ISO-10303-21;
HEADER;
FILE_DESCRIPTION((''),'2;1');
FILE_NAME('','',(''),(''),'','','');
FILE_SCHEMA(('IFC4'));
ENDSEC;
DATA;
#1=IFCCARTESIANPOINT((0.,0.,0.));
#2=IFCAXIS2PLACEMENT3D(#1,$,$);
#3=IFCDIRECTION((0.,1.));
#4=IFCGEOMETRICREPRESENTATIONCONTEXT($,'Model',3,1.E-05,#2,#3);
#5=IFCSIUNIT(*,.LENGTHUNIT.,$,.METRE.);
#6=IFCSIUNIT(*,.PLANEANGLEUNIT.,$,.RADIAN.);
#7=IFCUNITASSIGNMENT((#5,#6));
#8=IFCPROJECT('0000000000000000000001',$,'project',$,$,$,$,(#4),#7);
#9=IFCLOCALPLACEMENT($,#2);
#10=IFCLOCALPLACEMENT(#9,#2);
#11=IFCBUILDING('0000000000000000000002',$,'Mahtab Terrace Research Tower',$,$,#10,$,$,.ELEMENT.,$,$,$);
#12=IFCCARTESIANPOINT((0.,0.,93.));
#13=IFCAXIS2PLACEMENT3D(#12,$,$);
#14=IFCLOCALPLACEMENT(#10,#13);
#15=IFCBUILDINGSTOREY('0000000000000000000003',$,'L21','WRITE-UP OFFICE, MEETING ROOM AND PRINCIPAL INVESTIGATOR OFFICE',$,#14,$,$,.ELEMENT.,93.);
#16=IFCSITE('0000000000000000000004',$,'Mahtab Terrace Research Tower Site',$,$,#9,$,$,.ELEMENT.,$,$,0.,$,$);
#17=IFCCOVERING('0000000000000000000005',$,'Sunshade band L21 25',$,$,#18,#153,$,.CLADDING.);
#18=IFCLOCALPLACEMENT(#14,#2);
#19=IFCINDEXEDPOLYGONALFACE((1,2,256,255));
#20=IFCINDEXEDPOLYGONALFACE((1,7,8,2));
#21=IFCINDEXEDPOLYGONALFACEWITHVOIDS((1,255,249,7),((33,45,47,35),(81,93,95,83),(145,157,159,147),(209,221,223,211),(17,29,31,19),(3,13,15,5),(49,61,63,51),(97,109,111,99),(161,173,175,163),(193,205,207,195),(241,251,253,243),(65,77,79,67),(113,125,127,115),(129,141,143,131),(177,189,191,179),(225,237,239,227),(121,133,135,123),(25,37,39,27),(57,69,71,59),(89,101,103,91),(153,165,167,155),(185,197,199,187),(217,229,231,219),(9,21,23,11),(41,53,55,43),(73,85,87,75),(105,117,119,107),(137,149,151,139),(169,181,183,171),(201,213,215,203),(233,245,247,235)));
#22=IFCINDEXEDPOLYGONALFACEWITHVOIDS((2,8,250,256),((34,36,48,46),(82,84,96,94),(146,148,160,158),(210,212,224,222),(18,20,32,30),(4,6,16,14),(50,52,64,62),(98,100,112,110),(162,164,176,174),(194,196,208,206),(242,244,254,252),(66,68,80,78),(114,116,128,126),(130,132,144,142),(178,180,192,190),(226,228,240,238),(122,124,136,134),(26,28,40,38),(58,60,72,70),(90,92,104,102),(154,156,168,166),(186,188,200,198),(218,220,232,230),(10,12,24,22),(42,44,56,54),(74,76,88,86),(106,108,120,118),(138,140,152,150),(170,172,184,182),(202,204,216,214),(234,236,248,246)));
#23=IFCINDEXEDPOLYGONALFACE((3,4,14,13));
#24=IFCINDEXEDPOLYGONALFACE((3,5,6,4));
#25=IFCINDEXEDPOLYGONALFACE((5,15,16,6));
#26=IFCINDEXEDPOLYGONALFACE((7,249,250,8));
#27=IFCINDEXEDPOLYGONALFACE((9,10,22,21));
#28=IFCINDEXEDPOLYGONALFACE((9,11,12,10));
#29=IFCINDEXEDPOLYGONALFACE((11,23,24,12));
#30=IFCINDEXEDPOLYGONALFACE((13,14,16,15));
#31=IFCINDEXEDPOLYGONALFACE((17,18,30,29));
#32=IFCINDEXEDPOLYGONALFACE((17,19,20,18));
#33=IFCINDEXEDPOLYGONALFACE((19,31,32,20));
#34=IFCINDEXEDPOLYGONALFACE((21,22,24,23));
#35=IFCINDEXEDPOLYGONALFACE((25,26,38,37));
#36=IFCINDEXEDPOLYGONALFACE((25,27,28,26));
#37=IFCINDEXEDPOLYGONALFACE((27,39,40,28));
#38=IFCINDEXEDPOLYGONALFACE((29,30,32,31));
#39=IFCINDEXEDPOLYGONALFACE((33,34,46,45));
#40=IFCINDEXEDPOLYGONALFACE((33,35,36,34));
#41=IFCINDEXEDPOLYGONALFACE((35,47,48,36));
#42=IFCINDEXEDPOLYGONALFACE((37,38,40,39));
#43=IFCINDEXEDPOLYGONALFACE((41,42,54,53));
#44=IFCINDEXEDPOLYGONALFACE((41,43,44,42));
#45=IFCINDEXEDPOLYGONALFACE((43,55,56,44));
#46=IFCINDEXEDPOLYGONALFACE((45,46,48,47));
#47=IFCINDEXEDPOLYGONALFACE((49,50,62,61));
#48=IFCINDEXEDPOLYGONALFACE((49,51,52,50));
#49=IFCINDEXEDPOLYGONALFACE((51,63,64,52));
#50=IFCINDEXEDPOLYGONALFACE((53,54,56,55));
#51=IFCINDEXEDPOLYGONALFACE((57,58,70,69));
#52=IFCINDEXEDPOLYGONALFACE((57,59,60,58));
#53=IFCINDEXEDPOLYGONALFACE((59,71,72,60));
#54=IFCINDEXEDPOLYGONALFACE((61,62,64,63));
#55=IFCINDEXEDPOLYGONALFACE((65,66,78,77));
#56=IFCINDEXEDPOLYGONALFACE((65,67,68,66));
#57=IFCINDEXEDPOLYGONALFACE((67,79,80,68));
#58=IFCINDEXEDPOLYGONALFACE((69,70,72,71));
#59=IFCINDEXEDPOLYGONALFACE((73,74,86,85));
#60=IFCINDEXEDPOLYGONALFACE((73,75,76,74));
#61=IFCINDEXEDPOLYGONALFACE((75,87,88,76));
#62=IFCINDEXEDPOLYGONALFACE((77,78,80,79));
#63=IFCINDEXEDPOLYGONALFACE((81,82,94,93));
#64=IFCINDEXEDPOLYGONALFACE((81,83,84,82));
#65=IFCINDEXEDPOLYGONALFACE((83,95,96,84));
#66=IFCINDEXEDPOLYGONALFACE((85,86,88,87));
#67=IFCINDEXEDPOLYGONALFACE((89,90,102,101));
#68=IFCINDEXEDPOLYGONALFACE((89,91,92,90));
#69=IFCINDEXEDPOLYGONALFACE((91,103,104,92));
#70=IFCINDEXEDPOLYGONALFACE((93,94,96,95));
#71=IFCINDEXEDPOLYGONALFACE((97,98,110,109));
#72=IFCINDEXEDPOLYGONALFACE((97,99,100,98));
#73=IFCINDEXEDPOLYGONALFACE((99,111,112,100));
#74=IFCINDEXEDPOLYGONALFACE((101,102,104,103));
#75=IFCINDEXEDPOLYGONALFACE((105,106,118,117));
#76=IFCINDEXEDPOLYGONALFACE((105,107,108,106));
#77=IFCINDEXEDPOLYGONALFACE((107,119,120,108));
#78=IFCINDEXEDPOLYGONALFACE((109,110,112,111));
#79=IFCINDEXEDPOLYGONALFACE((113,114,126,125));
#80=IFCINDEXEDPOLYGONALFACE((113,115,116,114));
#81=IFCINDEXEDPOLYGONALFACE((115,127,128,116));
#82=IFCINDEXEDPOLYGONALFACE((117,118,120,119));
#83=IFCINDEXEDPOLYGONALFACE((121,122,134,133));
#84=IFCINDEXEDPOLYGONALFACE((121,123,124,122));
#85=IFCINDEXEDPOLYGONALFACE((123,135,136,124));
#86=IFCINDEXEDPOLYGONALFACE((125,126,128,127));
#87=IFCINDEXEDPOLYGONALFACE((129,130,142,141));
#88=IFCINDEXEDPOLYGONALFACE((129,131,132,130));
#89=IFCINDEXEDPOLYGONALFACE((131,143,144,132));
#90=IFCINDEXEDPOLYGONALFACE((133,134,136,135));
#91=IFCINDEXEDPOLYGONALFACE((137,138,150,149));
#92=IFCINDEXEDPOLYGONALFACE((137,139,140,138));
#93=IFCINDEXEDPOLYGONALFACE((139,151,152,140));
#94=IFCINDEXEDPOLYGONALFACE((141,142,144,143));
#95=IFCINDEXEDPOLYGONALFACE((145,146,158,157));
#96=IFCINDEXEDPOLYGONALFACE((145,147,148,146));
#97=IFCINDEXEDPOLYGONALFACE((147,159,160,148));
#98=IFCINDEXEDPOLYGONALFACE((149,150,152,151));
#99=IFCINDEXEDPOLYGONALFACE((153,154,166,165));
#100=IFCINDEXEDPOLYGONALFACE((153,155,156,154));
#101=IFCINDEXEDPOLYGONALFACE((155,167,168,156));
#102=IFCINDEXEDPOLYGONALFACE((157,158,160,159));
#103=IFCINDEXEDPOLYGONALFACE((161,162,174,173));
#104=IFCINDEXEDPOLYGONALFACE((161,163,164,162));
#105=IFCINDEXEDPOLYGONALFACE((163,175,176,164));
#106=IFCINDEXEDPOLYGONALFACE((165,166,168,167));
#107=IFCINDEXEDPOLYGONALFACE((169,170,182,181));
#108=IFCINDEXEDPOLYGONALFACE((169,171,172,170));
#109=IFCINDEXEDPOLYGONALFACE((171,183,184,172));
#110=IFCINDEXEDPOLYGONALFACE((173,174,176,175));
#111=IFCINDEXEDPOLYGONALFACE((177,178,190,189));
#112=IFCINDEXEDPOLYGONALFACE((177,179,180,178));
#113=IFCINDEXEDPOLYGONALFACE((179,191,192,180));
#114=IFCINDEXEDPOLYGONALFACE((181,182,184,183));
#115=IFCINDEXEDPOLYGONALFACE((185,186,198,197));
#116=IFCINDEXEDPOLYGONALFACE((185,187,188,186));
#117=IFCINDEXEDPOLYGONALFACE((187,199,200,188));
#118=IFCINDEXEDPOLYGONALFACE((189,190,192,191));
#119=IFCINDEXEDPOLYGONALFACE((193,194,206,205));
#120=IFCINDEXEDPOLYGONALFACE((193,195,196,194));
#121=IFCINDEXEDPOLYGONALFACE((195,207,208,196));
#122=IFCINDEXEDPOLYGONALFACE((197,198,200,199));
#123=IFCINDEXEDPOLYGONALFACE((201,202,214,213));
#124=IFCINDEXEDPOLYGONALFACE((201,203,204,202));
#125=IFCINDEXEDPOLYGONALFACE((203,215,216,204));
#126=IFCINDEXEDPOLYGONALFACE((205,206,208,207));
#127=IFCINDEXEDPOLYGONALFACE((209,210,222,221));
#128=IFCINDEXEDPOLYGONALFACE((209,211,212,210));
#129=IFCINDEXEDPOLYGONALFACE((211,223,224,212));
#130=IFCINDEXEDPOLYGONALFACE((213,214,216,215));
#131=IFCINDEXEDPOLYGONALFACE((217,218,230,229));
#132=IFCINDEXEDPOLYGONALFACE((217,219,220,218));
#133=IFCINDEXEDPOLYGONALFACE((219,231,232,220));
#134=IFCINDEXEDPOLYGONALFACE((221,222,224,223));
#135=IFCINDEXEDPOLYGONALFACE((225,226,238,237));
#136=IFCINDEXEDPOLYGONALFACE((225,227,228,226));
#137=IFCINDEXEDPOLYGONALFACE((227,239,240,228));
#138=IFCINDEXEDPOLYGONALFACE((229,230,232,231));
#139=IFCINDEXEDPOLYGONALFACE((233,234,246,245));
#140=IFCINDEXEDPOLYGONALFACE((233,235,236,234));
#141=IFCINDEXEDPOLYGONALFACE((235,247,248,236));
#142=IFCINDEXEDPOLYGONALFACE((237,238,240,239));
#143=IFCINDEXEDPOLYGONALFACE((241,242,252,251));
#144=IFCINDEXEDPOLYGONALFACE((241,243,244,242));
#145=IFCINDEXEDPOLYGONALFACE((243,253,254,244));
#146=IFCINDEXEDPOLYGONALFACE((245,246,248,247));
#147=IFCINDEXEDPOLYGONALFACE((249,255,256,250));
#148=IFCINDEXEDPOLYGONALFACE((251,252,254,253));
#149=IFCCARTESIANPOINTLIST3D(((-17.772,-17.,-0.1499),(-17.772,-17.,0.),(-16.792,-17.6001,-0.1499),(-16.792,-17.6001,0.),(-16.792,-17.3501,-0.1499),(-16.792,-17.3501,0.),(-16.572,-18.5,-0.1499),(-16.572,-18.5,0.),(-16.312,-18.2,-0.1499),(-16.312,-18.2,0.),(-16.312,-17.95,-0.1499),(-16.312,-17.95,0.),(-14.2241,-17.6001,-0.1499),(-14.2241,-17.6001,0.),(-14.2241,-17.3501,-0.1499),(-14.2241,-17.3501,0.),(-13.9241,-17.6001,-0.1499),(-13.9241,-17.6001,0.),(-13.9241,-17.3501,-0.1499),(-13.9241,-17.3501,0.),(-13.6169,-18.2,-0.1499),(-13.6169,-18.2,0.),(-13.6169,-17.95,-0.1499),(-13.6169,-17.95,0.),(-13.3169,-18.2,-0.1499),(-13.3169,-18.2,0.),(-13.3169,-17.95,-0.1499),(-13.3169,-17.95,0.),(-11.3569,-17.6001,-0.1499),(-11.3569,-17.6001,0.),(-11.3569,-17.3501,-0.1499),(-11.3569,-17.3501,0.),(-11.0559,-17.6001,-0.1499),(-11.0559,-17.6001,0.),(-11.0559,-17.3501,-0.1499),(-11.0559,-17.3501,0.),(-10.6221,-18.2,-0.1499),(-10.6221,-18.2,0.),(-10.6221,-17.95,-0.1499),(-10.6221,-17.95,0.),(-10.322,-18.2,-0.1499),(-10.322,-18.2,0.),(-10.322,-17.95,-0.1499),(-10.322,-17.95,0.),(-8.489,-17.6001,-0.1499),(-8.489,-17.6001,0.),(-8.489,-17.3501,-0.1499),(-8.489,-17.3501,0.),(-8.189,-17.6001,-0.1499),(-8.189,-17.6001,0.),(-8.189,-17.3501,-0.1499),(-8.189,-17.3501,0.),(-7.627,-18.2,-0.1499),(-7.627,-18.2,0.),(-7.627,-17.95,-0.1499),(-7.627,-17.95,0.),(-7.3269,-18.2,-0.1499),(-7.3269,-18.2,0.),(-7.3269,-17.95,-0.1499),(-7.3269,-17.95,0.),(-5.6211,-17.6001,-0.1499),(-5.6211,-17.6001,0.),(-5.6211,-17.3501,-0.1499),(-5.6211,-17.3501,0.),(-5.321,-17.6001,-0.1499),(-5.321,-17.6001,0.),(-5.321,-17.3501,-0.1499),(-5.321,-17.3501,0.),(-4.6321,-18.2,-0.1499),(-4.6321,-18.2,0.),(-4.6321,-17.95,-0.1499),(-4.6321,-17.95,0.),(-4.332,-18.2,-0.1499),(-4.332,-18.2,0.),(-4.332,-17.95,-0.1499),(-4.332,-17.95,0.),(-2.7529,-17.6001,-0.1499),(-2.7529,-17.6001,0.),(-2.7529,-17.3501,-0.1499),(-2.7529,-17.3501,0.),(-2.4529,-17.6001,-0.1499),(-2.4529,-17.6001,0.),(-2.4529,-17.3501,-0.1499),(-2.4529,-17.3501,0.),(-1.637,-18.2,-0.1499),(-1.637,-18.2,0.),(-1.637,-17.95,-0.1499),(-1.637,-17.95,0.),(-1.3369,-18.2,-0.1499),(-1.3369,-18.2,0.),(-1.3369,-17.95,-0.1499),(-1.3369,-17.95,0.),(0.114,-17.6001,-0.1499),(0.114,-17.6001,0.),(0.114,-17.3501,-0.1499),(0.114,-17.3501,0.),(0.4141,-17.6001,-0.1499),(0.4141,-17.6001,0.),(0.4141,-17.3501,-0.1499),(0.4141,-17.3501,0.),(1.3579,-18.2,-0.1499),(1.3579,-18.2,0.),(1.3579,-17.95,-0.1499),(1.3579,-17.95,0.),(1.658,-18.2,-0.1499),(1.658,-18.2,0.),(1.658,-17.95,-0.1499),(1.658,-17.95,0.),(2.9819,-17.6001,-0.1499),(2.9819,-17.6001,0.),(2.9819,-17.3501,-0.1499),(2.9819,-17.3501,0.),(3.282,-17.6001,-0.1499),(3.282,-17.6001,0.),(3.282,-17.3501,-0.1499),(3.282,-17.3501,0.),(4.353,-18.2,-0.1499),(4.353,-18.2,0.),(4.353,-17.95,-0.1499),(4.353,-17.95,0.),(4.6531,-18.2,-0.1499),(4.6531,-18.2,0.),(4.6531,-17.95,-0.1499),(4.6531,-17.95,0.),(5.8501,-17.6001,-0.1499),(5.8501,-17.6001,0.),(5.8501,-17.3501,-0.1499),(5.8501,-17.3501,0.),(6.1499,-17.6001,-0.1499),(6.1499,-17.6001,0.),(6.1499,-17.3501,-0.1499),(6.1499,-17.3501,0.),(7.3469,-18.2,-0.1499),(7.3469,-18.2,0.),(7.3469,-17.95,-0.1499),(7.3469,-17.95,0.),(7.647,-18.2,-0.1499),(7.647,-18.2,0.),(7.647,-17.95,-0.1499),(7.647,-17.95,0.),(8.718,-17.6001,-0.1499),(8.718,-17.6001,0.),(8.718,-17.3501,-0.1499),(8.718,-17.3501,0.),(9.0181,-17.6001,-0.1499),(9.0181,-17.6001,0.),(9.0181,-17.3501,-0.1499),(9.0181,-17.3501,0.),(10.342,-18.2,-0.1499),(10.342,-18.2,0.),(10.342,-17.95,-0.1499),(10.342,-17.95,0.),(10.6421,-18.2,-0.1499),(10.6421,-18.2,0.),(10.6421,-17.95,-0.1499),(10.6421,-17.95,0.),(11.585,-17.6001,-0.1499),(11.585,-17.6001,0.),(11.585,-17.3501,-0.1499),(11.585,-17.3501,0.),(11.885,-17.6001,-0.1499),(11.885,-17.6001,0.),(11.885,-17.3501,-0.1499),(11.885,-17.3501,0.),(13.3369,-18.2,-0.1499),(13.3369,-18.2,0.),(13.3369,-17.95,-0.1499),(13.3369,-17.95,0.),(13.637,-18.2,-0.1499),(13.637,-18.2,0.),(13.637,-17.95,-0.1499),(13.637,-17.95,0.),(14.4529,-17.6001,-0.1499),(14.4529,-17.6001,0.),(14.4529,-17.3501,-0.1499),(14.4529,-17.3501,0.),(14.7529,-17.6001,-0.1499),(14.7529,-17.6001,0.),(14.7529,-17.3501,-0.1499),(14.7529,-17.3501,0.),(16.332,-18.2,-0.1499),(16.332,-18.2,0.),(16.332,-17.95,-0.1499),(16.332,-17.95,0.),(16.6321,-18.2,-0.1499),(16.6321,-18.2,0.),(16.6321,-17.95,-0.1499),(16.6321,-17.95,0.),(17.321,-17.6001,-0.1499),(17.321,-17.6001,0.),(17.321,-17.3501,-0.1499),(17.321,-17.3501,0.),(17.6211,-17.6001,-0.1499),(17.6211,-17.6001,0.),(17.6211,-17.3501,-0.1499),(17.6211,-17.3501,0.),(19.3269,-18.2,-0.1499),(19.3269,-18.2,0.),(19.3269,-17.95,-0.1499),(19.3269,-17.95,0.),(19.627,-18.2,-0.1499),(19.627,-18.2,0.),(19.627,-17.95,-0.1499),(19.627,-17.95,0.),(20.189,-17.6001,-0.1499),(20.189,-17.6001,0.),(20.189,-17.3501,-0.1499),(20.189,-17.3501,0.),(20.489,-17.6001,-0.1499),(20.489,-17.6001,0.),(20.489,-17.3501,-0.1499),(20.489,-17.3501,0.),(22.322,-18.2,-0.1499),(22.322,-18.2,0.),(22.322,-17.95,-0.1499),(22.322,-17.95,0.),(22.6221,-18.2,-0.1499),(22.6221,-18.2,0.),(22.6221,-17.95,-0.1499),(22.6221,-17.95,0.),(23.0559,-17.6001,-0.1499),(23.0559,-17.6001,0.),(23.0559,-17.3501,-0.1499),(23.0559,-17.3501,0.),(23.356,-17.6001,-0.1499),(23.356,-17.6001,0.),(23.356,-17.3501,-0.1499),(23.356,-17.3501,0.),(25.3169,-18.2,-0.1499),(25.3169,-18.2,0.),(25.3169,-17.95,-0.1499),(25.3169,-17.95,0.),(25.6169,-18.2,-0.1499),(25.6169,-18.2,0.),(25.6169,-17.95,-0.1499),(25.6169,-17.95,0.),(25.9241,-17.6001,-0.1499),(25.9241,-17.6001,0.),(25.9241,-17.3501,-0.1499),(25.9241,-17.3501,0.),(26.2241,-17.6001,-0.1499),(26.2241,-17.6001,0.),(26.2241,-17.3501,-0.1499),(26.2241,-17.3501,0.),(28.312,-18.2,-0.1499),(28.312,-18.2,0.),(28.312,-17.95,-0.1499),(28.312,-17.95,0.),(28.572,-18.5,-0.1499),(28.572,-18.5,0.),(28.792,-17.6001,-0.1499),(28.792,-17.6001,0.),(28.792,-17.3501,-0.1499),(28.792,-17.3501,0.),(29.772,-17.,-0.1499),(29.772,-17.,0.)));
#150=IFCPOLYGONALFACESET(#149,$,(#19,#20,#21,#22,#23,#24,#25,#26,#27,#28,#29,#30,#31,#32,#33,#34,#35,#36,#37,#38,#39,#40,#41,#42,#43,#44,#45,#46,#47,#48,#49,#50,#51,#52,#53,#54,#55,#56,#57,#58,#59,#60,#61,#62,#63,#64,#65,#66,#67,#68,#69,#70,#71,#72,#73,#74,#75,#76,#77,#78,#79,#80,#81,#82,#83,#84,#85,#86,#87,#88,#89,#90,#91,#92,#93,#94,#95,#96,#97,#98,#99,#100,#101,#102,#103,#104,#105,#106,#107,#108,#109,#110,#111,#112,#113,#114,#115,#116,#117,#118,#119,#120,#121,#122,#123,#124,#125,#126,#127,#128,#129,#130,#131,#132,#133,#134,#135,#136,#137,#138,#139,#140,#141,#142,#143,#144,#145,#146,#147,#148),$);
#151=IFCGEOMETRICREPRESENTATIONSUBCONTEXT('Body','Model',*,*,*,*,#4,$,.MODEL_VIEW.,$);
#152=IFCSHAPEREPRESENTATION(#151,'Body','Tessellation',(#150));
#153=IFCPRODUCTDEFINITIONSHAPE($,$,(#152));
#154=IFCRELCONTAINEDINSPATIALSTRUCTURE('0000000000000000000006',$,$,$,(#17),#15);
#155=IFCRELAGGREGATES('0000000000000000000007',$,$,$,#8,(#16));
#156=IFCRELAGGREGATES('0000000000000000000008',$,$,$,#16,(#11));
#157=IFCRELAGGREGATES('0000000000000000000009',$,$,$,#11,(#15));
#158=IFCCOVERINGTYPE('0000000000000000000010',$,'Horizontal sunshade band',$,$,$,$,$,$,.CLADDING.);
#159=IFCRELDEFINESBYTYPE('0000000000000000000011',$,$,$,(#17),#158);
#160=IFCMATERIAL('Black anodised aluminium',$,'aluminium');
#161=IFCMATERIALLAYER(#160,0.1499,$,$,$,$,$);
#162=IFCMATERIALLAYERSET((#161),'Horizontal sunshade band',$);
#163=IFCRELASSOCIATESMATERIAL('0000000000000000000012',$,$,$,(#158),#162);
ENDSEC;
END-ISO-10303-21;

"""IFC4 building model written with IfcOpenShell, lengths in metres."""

from ifc_helpers import new_model, si_unit, direction, frame, origin, place, context, subcontext, project, spatial, polyline, outline, extrude, material, layer, layer_set, type_object, element, save


model = new_model("IFC4")

# Units and contexts
model_context = context("Model", 3, precision=1e-05, world=origin(), true_north=direction((0.0, 1.0)))
body_context = subcontext(model_context, "Body", "Model", "MODEL_VIEW")
ifc_project = project(units=[si_unit("LENGTHUNIT", "METRE"), si_unit("PLANEANGLEUNIT", "RADIAN")], contexts=[model_context])

# Site, building, storey
site_placement = place(None, origin())
site = spatial("IfcSite", under=ifc_project, at=site_placement, Name="Mahtab Terrace Research Tower Site", CompositionType="ELEMENT", RefElevation=0.0)
building_placement = place(site_placement, origin())
building = spatial("IfcBuilding", under=site, at=building_placement, Name="Mahtab Terrace Research Tower", CompositionType="ELEMENT")
storey_placement = place(building_placement, frame((0.0, 0.0, 93.0)))
storey = spatial("IfcBuildingStorey", under=building, at=storey_placement, Name="L21", Description="WRITE-UP OFFICE, MEETING ROOM AND PRINCIPAL INVESTIGATOR OFFICE", CompositionType="ELEMENT", Elevation=93.0)

# Covering
ifc_material_1 = material(Name="Black anodised aluminium", Category="aluminium")
ifc_layer_1 = layer(ifc_material_1, 0.1499)
ifc_layer_set_1 = layer_set([ifc_layer_1], Name="Horizontal sunshade band")
covering_type_1 = type_object("IfcCoveringType", Name="Horizontal sunshade band", PredefinedType="CLADDING", material=ifc_layer_set_1)
covering_1_placement = place(storey_placement, frame((0.0, 0.0, -0.1499)))
element("IfcCovering", 1, at=covering_1_placement, inside=storey, type_object=covering_type_1, Name="Sunshade band L21 25", PredefinedType="CLADDING", context=body_context, shape_type="SweptSolid", body=[
    extrude(outline(polyline([(-17.772, -17.0), (29.772, -17.0), (28.572, -18.5), (-16.572, -18.5), (-17.772, -17.0)]), holes=[polyline([(-16.792, -17.3501), (-14.2241, -17.3501), (-14.2241, -17.6001), (-16.792, -17.6001), (-16.792, -17.3501)]), polyline([(-13.9241, -17.3501), (-11.3569, -17.3501), (-11.3569, -17.6001), (-13.9241, -17.6001), (-13.9241, -17.3501)]), polyline([(-11.0559, -17.3501), (-8.489, -17.3501), (-8.489, -17.6001), (-11.0559, -17.6001), (-11.0559, -17.3501)]), polyline([(-8.189, -17.3501), (-5.6211, -17.3501), (-5.6211, -17.6001), (-8.189, -17.6001), (-8.189, -17.3501)]), polyline([(-5.321, -17.3501), (-2.7529, -17.3501), (-2.7529, -17.6001), (-5.321, -17.6001), (-5.321, -17.3501)]), polyline([(-2.4529, -17.3501), (0.114, -17.3501), (0.114, -17.6001), (-2.4529, -17.6001), (-2.4529, -17.3501)]), polyline([(0.4141, -17.3501), (2.9819, -17.3501), (2.9819, -17.6001), (0.4141, -17.6001), (0.4141, -17.3501)]), polyline([(3.282, -17.3501), (5.8501, -17.3501), (5.8501, -17.6001), (3.282, -17.6001), (3.282, -17.3501)]), polyline([(6.1499, -17.3501), (8.718, -17.3501), (8.718, -17.6001), (6.1499, -17.6001), (6.1499, -17.3501)]), polyline([(9.0181, -17.3501), (11.585, -17.3501), (11.585, -17.6001), (9.0181, -17.6001), (9.0181, -17.3501)]), polyline([(11.885, -17.3501), (14.4529, -17.3501), (14.4529, -17.6001), (11.885, -17.6001), (11.885, -17.3501)]), polyline([(14.7529, -17.3501), (17.321, -17.3501), (17.321, -17.6001), (14.7529, -17.6001), (14.7529, -17.3501)]), polyline([(17.6211, -17.3501), (20.189, -17.3501), (20.189, -17.6001), (17.6211, -17.6001), (17.6211, -17.3501)]), polyline([(20.489, -17.3501), (23.0559, -17.3501), (23.0559, -17.6001), (20.489, -17.6001), (20.489, -17.3501)]), polyline([(23.356, -17.3501), (25.9241, -17.3501), (25.9241, -17.6001), (23.356, -17.6001), (23.356, -17.3501)]), polyline([(26.2241, -17.3501), (28.792, -17.3501), (28.792, -17.6001), (26.2241, -17.6001), (26.2241, -17.3501)]), polyline([(-16.312, -17.95), (-13.6169, -17.95), (-13.6169, -18.2), (-16.312, -18.2), (-16.312, -17.95)]), polyline([(-13.3169, -17.95), (-10.6221, -17.95), (-10.6221, -18.2), (-13.3169, -18.2), (-13.3169, -17.95)]), polyline([(-10.322, -17.95), (-7.627, -17.95), (-7.627, -18.2), (-10.322, -18.2), (-10.322, -17.95)]), polyline([(-7.3269, -17.95), (-4.6321, -17.95), (-4.6321, -18.2), (-7.3269, -18.2), (-7.3269, -17.95)]), polyline([(-4.332, -17.95), (-1.637, -17.95), (-1.637, -18.2), (-4.332, -18.2), (-4.332, -17.95)]), polyline([(-1.3369, -17.95), (1.3579, -17.95), (1.3579, -18.2), (-1.3369, -18.2), (-1.3369, -17.95)]), polyline([(1.658, -17.95), (4.353, -17.95), (4.353, -18.2), (1.658, -18.2), (1.658, -17.95)]), polyline([(4.6531, -17.95), (7.3469, -17.95), (7.3469, -18.2), (4.6531, -18.2), (4.6531, -17.95)]), polyline([(7.647, -17.95), (10.342, -17.95), (10.342, -18.2), (7.647, -18.2), (7.647, -17.95)]), polyline([(10.6421, -17.95), (13.3369, -17.95), (13.3369, -18.2), (10.6421, -18.2), (10.6421, -17.95)]), polyline([(13.637, -17.95), (16.332, -17.95), (16.332, -18.2), (13.637, -18.2), (13.637, -17.95)]), polyline([(16.6321, -17.95), (19.3269, -17.95), (19.3269, -18.2), (16.6321, -18.2), (16.6321, -17.95)]), polyline([(19.627, -17.95), (22.322, -17.95), (22.322, -18.2), (19.627, -18.2), (19.627, -17.95)]), polyline([(22.6221, -17.95), (25.3169, -17.95), (25.3169, -18.2), (22.6221, -18.2), (22.6221, -17.95)]), polyline([(25.6169, -17.95), (28.312, -17.95), (28.312, -18.2), (25.6169, -18.2), (25.6169, -17.95)])]), origin(), (0.0, 0.0, 1.0), 0.1499),
])

save(model, "model.ifc")
